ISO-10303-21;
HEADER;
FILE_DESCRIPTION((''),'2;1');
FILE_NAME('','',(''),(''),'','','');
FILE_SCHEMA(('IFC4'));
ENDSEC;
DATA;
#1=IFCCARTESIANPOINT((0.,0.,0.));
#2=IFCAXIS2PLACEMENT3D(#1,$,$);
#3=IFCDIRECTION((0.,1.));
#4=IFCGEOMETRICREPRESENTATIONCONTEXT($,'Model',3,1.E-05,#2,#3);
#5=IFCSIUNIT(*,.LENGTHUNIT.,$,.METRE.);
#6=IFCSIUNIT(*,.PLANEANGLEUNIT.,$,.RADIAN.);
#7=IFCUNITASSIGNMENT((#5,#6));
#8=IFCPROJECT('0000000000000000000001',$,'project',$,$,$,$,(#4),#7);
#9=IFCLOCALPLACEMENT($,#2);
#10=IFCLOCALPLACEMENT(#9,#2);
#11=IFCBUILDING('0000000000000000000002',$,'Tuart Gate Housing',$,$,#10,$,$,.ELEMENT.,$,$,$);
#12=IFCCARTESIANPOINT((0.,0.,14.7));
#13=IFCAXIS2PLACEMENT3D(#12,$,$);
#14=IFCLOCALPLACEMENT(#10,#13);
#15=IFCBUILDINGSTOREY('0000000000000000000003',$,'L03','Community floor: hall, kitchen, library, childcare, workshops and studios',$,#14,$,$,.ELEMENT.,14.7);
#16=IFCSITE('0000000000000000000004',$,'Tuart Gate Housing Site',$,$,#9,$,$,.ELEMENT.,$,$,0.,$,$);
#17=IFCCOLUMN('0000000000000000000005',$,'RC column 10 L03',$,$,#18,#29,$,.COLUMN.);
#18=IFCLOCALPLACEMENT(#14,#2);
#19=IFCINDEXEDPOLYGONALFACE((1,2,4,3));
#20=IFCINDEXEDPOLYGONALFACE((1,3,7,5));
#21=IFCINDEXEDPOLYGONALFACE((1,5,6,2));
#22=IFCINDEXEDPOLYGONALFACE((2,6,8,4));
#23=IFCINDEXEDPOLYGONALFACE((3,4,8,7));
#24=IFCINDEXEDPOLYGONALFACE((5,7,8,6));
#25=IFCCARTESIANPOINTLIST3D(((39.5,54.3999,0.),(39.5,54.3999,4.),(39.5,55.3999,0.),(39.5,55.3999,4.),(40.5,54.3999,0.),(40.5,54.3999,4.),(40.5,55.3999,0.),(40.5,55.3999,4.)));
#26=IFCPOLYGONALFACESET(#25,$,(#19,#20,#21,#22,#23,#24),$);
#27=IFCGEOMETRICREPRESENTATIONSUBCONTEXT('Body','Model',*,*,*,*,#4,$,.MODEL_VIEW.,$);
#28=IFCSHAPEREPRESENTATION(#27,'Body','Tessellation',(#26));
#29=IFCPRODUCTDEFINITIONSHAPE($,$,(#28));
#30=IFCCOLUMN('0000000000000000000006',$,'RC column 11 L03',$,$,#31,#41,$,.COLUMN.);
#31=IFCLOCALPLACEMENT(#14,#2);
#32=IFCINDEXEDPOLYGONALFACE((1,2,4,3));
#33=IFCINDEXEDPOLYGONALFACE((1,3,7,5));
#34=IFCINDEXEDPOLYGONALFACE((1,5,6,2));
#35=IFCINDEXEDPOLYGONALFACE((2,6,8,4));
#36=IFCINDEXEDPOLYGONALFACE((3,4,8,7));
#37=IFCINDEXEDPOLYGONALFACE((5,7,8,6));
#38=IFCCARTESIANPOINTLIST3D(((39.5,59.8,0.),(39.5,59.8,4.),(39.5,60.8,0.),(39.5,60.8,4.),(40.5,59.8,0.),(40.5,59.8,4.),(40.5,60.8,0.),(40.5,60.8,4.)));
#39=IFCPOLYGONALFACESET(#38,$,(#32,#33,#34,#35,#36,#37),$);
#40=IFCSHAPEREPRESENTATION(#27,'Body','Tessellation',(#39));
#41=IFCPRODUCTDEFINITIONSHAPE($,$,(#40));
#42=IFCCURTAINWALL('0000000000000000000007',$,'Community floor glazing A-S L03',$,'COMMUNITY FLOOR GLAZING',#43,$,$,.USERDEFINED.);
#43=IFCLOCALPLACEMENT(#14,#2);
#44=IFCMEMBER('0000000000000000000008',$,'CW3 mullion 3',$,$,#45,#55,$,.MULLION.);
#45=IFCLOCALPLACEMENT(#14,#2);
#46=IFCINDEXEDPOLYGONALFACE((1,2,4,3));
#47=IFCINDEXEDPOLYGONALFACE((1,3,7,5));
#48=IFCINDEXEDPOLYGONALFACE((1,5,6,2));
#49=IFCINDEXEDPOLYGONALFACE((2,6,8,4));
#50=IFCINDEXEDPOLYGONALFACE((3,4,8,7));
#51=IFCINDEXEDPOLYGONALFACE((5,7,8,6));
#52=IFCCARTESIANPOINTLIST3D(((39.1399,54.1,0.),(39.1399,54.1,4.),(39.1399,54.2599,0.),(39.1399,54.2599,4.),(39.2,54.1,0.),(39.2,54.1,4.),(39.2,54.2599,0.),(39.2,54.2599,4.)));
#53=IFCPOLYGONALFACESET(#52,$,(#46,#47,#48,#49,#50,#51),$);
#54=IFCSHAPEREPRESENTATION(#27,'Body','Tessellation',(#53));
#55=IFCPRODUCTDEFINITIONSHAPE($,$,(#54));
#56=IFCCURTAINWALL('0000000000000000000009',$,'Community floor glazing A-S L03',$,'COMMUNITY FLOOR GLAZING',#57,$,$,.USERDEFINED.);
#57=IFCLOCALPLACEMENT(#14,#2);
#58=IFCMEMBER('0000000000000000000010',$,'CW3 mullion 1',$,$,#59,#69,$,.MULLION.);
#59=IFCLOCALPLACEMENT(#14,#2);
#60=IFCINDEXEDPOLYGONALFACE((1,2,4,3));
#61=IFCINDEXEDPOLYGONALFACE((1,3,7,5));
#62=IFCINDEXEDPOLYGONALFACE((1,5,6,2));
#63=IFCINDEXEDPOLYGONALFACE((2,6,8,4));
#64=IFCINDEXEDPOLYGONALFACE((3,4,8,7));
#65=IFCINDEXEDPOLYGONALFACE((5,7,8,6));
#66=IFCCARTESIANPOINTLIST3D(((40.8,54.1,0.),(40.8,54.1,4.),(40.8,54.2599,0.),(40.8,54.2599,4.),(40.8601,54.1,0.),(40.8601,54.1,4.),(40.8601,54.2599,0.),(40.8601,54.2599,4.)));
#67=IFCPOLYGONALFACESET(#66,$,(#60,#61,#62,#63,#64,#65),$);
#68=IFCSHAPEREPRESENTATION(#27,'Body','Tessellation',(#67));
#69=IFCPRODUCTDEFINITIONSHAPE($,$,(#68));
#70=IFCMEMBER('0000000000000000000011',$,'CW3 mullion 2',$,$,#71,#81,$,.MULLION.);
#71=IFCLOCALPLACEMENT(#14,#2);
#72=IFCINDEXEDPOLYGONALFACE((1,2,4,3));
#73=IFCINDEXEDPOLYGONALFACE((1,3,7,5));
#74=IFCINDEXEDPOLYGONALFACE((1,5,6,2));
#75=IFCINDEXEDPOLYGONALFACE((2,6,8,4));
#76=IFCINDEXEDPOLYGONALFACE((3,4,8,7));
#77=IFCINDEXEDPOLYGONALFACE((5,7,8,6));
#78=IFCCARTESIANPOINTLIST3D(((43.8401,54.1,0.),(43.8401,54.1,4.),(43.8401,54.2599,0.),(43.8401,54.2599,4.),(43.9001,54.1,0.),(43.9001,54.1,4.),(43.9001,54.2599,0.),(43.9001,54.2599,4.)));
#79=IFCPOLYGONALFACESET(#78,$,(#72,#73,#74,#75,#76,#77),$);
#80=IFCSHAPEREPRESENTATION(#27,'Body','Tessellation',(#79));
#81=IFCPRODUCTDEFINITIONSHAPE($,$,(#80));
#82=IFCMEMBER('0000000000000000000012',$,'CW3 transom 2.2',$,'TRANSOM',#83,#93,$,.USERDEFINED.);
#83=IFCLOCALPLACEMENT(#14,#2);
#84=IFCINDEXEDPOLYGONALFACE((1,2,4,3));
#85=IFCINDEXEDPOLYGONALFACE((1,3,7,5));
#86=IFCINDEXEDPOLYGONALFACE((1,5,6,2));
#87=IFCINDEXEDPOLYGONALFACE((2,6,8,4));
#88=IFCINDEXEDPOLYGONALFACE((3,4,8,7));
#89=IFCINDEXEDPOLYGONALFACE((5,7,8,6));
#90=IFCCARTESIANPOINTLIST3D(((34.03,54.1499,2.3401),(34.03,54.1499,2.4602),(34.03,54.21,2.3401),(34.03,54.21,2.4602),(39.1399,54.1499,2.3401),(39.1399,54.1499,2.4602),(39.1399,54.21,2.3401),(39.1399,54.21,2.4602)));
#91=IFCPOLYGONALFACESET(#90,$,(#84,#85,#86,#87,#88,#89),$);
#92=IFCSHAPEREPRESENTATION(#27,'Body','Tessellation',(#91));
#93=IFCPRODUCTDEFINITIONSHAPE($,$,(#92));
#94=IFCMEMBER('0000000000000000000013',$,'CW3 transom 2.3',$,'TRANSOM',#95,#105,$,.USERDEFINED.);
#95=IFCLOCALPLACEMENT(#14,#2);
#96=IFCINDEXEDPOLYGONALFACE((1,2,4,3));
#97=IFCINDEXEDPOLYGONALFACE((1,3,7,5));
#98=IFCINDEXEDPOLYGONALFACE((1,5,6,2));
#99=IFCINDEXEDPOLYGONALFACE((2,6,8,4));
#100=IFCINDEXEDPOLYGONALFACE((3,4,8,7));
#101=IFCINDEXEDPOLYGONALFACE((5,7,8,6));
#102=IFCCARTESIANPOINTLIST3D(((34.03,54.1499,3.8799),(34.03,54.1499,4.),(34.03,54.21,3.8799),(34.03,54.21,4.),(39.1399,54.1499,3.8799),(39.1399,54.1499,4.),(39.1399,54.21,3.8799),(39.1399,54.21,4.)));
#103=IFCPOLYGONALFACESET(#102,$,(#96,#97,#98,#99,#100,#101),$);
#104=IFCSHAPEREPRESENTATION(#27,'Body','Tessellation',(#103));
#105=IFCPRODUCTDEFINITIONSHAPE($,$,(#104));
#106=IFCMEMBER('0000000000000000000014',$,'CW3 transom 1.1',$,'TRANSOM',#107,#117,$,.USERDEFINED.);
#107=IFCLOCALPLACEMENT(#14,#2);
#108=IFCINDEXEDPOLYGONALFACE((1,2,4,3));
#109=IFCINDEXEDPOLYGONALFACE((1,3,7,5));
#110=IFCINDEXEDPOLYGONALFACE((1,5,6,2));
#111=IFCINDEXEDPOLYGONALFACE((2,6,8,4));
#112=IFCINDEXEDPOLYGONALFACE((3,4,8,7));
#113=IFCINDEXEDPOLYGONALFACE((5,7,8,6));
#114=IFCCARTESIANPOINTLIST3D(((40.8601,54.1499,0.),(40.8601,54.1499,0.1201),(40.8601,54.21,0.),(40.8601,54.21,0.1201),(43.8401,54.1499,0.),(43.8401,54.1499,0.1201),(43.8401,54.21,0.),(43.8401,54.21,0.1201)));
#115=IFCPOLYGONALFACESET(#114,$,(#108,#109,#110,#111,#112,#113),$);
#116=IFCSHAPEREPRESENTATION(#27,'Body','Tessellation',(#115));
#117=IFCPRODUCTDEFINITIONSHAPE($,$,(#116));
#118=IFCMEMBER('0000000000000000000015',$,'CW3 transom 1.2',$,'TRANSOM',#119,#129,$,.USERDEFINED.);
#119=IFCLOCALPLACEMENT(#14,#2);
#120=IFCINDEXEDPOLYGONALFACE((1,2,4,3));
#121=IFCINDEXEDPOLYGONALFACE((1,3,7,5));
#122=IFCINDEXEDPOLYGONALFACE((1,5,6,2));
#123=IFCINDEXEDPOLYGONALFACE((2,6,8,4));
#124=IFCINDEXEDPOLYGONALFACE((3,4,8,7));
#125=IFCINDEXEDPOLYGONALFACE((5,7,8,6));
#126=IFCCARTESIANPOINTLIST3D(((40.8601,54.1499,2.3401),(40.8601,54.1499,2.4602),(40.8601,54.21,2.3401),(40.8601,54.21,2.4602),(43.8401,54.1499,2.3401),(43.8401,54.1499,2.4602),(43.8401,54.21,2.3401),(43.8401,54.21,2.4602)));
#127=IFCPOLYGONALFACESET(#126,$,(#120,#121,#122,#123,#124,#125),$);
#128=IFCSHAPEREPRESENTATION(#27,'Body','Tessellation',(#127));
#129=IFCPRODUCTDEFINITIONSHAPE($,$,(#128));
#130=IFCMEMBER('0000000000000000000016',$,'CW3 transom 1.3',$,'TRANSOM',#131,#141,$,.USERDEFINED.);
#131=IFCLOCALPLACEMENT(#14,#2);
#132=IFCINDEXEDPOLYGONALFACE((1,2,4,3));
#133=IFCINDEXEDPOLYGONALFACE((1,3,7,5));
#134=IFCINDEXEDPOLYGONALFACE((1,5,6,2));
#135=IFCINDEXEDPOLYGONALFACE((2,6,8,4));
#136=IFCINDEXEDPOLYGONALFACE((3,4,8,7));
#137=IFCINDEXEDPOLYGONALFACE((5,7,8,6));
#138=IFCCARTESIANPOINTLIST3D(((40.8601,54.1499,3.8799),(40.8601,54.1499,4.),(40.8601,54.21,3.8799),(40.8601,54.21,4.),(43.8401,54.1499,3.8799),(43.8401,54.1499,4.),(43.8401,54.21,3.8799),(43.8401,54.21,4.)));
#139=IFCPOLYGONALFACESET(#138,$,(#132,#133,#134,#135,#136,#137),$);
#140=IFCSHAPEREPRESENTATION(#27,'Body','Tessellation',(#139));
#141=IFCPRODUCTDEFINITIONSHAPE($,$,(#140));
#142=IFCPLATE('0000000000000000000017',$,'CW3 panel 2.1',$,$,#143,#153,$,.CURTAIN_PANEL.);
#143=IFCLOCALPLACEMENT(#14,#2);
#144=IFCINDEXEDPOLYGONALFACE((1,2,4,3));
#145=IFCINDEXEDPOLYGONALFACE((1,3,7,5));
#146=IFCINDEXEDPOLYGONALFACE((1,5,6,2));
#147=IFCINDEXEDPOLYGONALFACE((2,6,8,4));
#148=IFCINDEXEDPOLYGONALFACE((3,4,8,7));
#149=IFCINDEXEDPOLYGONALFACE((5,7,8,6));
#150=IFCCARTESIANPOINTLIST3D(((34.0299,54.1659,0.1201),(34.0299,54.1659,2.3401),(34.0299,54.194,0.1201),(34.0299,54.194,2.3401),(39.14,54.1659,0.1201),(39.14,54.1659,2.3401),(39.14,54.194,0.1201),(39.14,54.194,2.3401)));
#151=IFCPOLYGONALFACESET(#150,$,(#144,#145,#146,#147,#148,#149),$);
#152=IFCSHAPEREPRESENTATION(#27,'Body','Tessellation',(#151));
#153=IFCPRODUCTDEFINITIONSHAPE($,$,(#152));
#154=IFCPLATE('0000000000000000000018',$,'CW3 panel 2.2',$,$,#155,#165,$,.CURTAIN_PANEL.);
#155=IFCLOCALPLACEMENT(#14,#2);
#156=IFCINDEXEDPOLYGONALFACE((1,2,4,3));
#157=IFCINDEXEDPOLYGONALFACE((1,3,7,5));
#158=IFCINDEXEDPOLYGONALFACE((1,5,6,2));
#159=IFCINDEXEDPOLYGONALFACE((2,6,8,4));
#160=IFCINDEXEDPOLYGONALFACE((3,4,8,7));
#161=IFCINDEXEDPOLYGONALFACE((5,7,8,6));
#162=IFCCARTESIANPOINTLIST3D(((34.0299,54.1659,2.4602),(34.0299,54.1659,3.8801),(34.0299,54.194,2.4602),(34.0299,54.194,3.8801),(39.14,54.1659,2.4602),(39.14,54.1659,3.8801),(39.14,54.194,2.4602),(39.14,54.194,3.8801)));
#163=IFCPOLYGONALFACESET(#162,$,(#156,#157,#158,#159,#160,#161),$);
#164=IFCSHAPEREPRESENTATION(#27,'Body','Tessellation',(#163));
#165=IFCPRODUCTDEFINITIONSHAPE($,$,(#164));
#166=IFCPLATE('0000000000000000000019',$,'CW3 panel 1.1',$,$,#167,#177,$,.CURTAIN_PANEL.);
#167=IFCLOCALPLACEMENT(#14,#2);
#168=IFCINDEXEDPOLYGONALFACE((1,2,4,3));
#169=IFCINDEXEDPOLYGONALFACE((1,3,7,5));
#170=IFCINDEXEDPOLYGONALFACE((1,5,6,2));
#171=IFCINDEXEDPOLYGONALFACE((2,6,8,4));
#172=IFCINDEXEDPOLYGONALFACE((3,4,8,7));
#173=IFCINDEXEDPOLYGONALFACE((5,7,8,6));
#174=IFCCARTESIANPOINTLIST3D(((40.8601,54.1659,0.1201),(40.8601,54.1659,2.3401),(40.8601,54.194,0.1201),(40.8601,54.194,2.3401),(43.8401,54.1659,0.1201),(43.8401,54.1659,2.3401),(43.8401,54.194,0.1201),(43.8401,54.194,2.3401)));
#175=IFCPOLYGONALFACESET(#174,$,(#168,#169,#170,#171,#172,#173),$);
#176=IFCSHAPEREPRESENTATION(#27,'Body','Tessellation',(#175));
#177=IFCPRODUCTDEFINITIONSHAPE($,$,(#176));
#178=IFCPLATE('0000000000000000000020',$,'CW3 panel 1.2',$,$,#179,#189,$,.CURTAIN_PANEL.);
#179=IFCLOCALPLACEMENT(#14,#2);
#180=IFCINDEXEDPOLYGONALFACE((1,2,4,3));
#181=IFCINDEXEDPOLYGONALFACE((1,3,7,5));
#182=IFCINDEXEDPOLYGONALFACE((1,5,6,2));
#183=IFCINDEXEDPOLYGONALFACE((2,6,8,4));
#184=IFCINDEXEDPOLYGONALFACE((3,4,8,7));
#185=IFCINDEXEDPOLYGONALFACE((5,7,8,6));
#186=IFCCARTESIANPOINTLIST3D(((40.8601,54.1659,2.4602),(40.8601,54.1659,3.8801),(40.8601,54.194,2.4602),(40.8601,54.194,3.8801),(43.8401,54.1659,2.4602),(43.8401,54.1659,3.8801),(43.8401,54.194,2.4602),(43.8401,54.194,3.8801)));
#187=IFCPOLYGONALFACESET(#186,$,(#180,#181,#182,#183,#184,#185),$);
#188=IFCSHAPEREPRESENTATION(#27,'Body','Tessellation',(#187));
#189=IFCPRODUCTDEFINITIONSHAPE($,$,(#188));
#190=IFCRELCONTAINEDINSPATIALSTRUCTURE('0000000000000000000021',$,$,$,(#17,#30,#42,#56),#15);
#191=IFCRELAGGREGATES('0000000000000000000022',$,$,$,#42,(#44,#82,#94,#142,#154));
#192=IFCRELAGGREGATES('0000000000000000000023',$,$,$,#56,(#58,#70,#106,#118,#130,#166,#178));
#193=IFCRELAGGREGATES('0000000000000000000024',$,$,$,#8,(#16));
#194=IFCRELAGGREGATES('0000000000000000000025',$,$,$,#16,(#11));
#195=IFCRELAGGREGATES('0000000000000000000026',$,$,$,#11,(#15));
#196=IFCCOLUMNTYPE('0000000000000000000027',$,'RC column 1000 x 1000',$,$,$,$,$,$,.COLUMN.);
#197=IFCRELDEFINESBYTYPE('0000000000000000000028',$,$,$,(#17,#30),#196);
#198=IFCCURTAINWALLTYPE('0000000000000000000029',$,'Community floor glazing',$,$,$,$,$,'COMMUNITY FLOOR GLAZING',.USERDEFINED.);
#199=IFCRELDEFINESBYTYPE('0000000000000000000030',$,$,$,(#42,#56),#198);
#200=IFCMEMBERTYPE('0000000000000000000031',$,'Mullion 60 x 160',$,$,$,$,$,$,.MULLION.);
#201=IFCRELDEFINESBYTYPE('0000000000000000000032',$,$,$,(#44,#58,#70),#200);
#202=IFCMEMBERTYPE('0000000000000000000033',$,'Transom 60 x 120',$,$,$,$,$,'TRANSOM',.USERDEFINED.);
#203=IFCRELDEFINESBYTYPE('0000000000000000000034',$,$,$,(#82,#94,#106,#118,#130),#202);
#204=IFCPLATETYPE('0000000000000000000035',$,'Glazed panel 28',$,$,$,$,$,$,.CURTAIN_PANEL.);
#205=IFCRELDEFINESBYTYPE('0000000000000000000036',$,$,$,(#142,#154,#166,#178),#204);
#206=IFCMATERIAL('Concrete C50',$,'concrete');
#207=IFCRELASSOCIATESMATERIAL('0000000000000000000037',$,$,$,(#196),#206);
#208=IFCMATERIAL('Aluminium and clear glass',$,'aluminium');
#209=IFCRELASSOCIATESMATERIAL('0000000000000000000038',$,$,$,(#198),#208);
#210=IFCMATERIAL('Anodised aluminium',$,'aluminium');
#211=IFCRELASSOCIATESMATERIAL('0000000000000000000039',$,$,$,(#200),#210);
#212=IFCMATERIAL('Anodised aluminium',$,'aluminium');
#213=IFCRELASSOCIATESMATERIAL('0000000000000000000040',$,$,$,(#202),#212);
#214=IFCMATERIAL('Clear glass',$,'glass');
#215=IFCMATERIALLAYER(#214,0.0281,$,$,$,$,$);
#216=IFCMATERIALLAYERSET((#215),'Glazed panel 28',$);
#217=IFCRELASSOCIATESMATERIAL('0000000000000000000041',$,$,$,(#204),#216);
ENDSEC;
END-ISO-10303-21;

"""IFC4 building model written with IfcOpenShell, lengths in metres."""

from ifc_helpers import new_model, si_unit, direction, frame, origin, origin_2d, place, context, subcontext, project, spatial, rectangle, extrude, material, layer, layer_set, material_profile, profile_set, type_object, element, aggregate, save


model = new_model("IFC4")

# Units and contexts
model_context = context("Model", 3, precision=1e-05, world=origin(), true_north=direction((0.0, 1.0)))
body_context = subcontext(model_context, "Body", "Model", "MODEL_VIEW")
ifc_project = project(units=[si_unit("LENGTHUNIT", "METRE"), si_unit("PLANEANGLEUNIT", "RADIAN")], contexts=[model_context])

# Site, building, storey
site_placement = place(None, origin())
site = spatial("IfcSite", under=ifc_project, at=site_placement, Name="Tuart Gate Housing Site", CompositionType="ELEMENT", RefElevation=0.0)
building_placement = place(site_placement, origin())
building = spatial("IfcBuilding", under=site, at=building_placement, Name="Tuart Gate Housing", CompositionType="ELEMENT")
storey_placement = place(building_placement, frame((0.0, 0.0, 14.7)))
storey = spatial("IfcBuildingStorey", under=building, at=storey_placement, Name="L03", Description="Community floor: hall, kitchen, library, childcare, workshops and studios", CompositionType="ELEMENT", Elevation=14.7)

# Columns
ifc_material_1 = material(Name="Concrete C50", Category="concrete")
ifc_material_profile_1 = material_profile(ifc_material_1, rectangle(XDim=1.0, YDim=1.0, at=origin_2d()), Name="RC column 1000 x 1000")
ifc_profile_set_1 = profile_set([ifc_material_profile_1], Name="Concrete C50")
column_type = type_object("IfcColumnType", Name="RC column 1000 x 1000", PredefinedType="COLUMN", material=ifc_profile_set_1)
for number, where, z_axis, x_axis, name in (
    (1, (40.0, 54.8999, 0.0), (0.0, 0.0, 1.0), (1.0, 0.0, 0.0), "RC column 10 L03"),
    (2, (40.0, 60.3, 0.0), (0.0, 0.0, 1.0), (1.0, 0.0, 0.0), "RC column 11 L03"),
):
    element("IfcColumn", number, at=place(storey_placement, frame(where, z_axis=z_axis, x_axis=x_axis)), inside=storey, type_object=column_type, Name=name, PredefinedType="COLUMN", context=body_context, shape_type="SweptSolid", body=[
        extrude(rectangle(XDim=1.0, YDim=1.0, at=origin_2d()), origin(), (0.0, 0.0, 1.0), 4.0),
    ])

# Curtain wall, member
ifc_material_2 = material(Name="Aluminium and clear glass", Category="aluminium")
curtain_wall_type = type_object("IfcCurtainWallType", Name="Community floor glazing", ElementType="COMMUNITY FLOOR GLAZING", PredefinedType="USERDEFINED", material=ifc_material_2)
curtain_wall_1_placement = place(storey_placement, origin())
curtain_wall_1 = element("IfcCurtainWall", 3, at=curtain_wall_1_placement, inside=storey, type_object=curtain_wall_type, Name="Community floor glazing A-S L03", ObjectType="COMMUNITY FLOOR GLAZING", PredefinedType="USERDEFINED")
ifc_material_3 = material(Name="Anodised aluminium", Category="aluminium")
ifc_material_profile_2 = material_profile(ifc_material_3, rectangle(XDim=0.0601, YDim=0.1599, at=origin_2d()), Name="60x160")
ifc_profile_set_2 = profile_set([ifc_material_profile_2], Name="Anodised aluminium")
member_type_1 = type_object("IfcMemberType", Name="Mullion 60 x 160", PredefinedType="MULLION", material=ifc_profile_set_2)
member_1_placement = place(storey_placement, frame((39.1699, 54.1799, 0.0), z_axis=(0.0, 0.0, 1.0), x_axis=(1.0, 0.0, 0.0)))
member_1 = element("IfcMember", 4, at=member_1_placement, type_object=member_type_1, Name="CW3 mullion 3", PredefinedType="MULLION", context=body_context, shape_type="SweptSolid", body=[
    extrude(rectangle(XDim=0.0601, YDim=0.1599, at=origin_2d()), origin(), (0.0, 0.0, 1.0), 4.0),
])

# Curtain wall, members
curtain_wall_2_placement = place(storey_placement, origin())
curtain_wall_2 = element("IfcCurtainWall", 5, at=curtain_wall_2_placement, inside=storey, type_object=curtain_wall_type, Name="Community floor glazing A-S L03", ObjectType="COMMUNITY FLOOR GLAZING", PredefinedType="USERDEFINED")
member_2_placement = place(storey_placement, frame((40.8301, 54.1799, 0.0), z_axis=(0.0, 0.0, 1.0), x_axis=(1.0, 0.0, 0.0)))
member_2 = element("IfcMember", 6, at=member_2_placement, type_object=member_type_1, Name="CW3 mullion 1", PredefinedType="MULLION", context=body_context, shape_type="SweptSolid", body=[
    extrude(rectangle(XDim=0.0601, YDim=0.1599, at=origin_2d()), origin(), (0.0, 0.0, 1.0), 4.0),
])
member_3_placement = place(storey_placement, frame((43.8701, 54.1799, 0.0), z_axis=(0.0, 0.0, 1.0), x_axis=(1.0, 0.0, 0.0)))
member_3 = element("IfcMember", 7, at=member_3_placement, type_object=member_type_1, Name="CW3 mullion 2", PredefinedType="MULLION", context=body_context, shape_type="SweptSolid", body=[
    extrude(rectangle(XDim=0.0601, YDim=0.1599, at=origin_2d()), origin(), (0.0, 0.0, 1.0), 4.0),
])

# Members
ifc_material_4 = material(Name="Anodised aluminium", Category="aluminium")
ifc_material_profile_3 = material_profile(ifc_material_4, rectangle(XDim=0.0601, YDim=0.1201, at=origin_2d()), Name="60x120")
ifc_profile_set_3 = profile_set([ifc_material_profile_3], Name="Anodised aluminium")
member_type_2 = type_object("IfcMemberType", Name="Transom 60 x 120", ElementType="TRANSOM", PredefinedType="USERDEFINED", material=ifc_profile_set_3)
member_4_placement = place(storey_placement, frame((34.03, 54.1799, 2.4001), z_axis=(1.0, 0.0, 0.0), x_axis=(0.0, 1.0, 0.0)))
member_4 = element("IfcMember", 8, at=member_4_placement, type_object=member_type_2, Name="CW3 transom 2.2", ObjectType="TRANSOM", PredefinedType="USERDEFINED", context=body_context, shape_type="SweptSolid", body=[
    extrude(rectangle(XDim=0.0601, YDim=0.1201, at=origin_2d()), origin(), (0.0, 0.0, 1.0), 5.1099),
])
member_5_placement = place(storey_placement, frame((34.03, 54.1799, 3.9399), z_axis=(1.0, 0.0, 0.0), x_axis=(0.0, 1.0, 0.0)))
member_5 = element("IfcMember", 9, at=member_5_placement, type_object=member_type_2, Name="CW3 transom 2.3", ObjectType="TRANSOM", PredefinedType="USERDEFINED", context=body_context, shape_type="SweptSolid", body=[
    extrude(rectangle(XDim=0.0601, YDim=0.1201, at=origin_2d()), origin(), (0.0, 0.0, 1.0), 5.1099),
])
member_6_placement = place(storey_placement, frame((40.8601, 54.1799, 0.0601), z_axis=(1.0, 0.0, 0.0), x_axis=(0.0, 1.0, 0.0)))
member_6 = element("IfcMember", 10, at=member_6_placement, type_object=member_type_2, Name="CW3 transom 1.1", ObjectType="TRANSOM", PredefinedType="USERDEFINED", context=body_context, shape_type="SweptSolid", body=[
    extrude(rectangle(XDim=0.0601, YDim=0.1201, at=origin_2d()), origin(), (0.0, 0.0, 1.0), 2.98),
])
member_7_placement = place(storey_placement, frame((40.8601, 54.1799, 2.4001), z_axis=(1.0, 0.0, 0.0), x_axis=(0.0, 1.0, 0.0)))
member_7 = element("IfcMember", 11, at=member_7_placement, type_object=member_type_2, Name="CW3 transom 1.2", ObjectType="TRANSOM", PredefinedType="USERDEFINED", context=body_context, shape_type="SweptSolid", body=[
    extrude(rectangle(XDim=0.0601, YDim=0.1201, at=origin_2d()), origin(), (0.0, 0.0, 1.0), 2.98),
])
member_8_placement = place(storey_placement, frame((40.8601, 54.1799, 3.9399), z_axis=(1.0, 0.0, 0.0), x_axis=(0.0, 1.0, 0.0)))
member_8 = element("IfcMember", 12, at=member_8_placement, type_object=member_type_2, Name="CW3 transom 1.3", ObjectType="TRANSOM", PredefinedType="USERDEFINED", context=body_context, shape_type="SweptSolid", body=[
    extrude(rectangle(XDim=0.0601, YDim=0.1201, at=origin_2d()), origin(), (0.0, 0.0, 1.0), 2.98),
])

# Plates
ifc_material_5 = material(Name="Clear glass", Category="glass")
ifc_layer_1 = layer(ifc_material_5, 0.0281)
ifc_layer_set_1 = layer_set([ifc_layer_1], Name="Glazed panel 28")
plate_type = type_object("IfcPlateType", Name="Glazed panel 28", PredefinedType="CURTAIN_PANEL", material=ifc_layer_set_1)
plate_1_placement = place(storey_placement, frame((36.585, 54.1799, 0.1201), z_axis=(0.0, 0.0, 1.0), x_axis=(1.0, 0.0, 0.0)))
plate_1 = element("IfcPlate", 13, at=plate_1_placement, type_object=plate_type, Name="CW3 panel 2.1", PredefinedType="CURTAIN_PANEL", context=body_context, shape_type="SweptSolid", body=[
    extrude(rectangle(XDim=5.1101, YDim=0.0281, at=origin_2d()), origin(), (0.0, 0.0, 1.0), 2.22),
])
plate_2_placement = place(storey_placement, frame((36.585, 54.1799, 2.4602), z_axis=(0.0, 0.0, 1.0), x_axis=(1.0, 0.0, 0.0)))
plate_2 = element("IfcPlate", 14, at=plate_2_placement, type_object=plate_type, Name="CW3 panel 2.2", PredefinedType="CURTAIN_PANEL", context=body_context, shape_type="SweptSolid", body=[
    extrude(rectangle(XDim=5.1101, YDim=0.0281, at=origin_2d()), origin(), (0.0, 0.0, 1.0), 1.4199),
])
aggregate(curtain_wall_1, [member_1, member_4, member_5, plate_1, plate_2])
plate_3_placement = place(storey_placement, frame((42.3501, 54.1799, 0.1201), z_axis=(0.0, 0.0, 1.0), x_axis=(1.0, 0.0, 0.0)))
plate_3 = element("IfcPlate", 15, at=plate_3_placement, type_object=plate_type, Name="CW3 panel 1.1", PredefinedType="CURTAIN_PANEL", context=body_context, shape_type="SweptSolid", body=[
    extrude(rectangle(XDim=2.98, YDim=0.0281, at=origin_2d()), origin(), (0.0, 0.0, 1.0), 2.22),
])
plate_4_placement = place(storey_placement, frame((42.3501, 54.1799, 2.4602), z_axis=(0.0, 0.0, 1.0), x_axis=(1.0, 0.0, 0.0)))
plate_4 = element("IfcPlate", 16, at=plate_4_placement, type_object=plate_type, Name="CW3 panel 1.2", PredefinedType="CURTAIN_PANEL", context=body_context, shape_type="SweptSolid", body=[
    extrude(rectangle(XDim=2.98, YDim=0.0281, at=origin_2d()), origin(), (0.0, 0.0, 1.0), 1.4199),
])
aggregate(curtain_wall_2, [member_2, member_3, member_6, member_7, member_8, plate_3, plate_4])

save(model, "model.ifc")
